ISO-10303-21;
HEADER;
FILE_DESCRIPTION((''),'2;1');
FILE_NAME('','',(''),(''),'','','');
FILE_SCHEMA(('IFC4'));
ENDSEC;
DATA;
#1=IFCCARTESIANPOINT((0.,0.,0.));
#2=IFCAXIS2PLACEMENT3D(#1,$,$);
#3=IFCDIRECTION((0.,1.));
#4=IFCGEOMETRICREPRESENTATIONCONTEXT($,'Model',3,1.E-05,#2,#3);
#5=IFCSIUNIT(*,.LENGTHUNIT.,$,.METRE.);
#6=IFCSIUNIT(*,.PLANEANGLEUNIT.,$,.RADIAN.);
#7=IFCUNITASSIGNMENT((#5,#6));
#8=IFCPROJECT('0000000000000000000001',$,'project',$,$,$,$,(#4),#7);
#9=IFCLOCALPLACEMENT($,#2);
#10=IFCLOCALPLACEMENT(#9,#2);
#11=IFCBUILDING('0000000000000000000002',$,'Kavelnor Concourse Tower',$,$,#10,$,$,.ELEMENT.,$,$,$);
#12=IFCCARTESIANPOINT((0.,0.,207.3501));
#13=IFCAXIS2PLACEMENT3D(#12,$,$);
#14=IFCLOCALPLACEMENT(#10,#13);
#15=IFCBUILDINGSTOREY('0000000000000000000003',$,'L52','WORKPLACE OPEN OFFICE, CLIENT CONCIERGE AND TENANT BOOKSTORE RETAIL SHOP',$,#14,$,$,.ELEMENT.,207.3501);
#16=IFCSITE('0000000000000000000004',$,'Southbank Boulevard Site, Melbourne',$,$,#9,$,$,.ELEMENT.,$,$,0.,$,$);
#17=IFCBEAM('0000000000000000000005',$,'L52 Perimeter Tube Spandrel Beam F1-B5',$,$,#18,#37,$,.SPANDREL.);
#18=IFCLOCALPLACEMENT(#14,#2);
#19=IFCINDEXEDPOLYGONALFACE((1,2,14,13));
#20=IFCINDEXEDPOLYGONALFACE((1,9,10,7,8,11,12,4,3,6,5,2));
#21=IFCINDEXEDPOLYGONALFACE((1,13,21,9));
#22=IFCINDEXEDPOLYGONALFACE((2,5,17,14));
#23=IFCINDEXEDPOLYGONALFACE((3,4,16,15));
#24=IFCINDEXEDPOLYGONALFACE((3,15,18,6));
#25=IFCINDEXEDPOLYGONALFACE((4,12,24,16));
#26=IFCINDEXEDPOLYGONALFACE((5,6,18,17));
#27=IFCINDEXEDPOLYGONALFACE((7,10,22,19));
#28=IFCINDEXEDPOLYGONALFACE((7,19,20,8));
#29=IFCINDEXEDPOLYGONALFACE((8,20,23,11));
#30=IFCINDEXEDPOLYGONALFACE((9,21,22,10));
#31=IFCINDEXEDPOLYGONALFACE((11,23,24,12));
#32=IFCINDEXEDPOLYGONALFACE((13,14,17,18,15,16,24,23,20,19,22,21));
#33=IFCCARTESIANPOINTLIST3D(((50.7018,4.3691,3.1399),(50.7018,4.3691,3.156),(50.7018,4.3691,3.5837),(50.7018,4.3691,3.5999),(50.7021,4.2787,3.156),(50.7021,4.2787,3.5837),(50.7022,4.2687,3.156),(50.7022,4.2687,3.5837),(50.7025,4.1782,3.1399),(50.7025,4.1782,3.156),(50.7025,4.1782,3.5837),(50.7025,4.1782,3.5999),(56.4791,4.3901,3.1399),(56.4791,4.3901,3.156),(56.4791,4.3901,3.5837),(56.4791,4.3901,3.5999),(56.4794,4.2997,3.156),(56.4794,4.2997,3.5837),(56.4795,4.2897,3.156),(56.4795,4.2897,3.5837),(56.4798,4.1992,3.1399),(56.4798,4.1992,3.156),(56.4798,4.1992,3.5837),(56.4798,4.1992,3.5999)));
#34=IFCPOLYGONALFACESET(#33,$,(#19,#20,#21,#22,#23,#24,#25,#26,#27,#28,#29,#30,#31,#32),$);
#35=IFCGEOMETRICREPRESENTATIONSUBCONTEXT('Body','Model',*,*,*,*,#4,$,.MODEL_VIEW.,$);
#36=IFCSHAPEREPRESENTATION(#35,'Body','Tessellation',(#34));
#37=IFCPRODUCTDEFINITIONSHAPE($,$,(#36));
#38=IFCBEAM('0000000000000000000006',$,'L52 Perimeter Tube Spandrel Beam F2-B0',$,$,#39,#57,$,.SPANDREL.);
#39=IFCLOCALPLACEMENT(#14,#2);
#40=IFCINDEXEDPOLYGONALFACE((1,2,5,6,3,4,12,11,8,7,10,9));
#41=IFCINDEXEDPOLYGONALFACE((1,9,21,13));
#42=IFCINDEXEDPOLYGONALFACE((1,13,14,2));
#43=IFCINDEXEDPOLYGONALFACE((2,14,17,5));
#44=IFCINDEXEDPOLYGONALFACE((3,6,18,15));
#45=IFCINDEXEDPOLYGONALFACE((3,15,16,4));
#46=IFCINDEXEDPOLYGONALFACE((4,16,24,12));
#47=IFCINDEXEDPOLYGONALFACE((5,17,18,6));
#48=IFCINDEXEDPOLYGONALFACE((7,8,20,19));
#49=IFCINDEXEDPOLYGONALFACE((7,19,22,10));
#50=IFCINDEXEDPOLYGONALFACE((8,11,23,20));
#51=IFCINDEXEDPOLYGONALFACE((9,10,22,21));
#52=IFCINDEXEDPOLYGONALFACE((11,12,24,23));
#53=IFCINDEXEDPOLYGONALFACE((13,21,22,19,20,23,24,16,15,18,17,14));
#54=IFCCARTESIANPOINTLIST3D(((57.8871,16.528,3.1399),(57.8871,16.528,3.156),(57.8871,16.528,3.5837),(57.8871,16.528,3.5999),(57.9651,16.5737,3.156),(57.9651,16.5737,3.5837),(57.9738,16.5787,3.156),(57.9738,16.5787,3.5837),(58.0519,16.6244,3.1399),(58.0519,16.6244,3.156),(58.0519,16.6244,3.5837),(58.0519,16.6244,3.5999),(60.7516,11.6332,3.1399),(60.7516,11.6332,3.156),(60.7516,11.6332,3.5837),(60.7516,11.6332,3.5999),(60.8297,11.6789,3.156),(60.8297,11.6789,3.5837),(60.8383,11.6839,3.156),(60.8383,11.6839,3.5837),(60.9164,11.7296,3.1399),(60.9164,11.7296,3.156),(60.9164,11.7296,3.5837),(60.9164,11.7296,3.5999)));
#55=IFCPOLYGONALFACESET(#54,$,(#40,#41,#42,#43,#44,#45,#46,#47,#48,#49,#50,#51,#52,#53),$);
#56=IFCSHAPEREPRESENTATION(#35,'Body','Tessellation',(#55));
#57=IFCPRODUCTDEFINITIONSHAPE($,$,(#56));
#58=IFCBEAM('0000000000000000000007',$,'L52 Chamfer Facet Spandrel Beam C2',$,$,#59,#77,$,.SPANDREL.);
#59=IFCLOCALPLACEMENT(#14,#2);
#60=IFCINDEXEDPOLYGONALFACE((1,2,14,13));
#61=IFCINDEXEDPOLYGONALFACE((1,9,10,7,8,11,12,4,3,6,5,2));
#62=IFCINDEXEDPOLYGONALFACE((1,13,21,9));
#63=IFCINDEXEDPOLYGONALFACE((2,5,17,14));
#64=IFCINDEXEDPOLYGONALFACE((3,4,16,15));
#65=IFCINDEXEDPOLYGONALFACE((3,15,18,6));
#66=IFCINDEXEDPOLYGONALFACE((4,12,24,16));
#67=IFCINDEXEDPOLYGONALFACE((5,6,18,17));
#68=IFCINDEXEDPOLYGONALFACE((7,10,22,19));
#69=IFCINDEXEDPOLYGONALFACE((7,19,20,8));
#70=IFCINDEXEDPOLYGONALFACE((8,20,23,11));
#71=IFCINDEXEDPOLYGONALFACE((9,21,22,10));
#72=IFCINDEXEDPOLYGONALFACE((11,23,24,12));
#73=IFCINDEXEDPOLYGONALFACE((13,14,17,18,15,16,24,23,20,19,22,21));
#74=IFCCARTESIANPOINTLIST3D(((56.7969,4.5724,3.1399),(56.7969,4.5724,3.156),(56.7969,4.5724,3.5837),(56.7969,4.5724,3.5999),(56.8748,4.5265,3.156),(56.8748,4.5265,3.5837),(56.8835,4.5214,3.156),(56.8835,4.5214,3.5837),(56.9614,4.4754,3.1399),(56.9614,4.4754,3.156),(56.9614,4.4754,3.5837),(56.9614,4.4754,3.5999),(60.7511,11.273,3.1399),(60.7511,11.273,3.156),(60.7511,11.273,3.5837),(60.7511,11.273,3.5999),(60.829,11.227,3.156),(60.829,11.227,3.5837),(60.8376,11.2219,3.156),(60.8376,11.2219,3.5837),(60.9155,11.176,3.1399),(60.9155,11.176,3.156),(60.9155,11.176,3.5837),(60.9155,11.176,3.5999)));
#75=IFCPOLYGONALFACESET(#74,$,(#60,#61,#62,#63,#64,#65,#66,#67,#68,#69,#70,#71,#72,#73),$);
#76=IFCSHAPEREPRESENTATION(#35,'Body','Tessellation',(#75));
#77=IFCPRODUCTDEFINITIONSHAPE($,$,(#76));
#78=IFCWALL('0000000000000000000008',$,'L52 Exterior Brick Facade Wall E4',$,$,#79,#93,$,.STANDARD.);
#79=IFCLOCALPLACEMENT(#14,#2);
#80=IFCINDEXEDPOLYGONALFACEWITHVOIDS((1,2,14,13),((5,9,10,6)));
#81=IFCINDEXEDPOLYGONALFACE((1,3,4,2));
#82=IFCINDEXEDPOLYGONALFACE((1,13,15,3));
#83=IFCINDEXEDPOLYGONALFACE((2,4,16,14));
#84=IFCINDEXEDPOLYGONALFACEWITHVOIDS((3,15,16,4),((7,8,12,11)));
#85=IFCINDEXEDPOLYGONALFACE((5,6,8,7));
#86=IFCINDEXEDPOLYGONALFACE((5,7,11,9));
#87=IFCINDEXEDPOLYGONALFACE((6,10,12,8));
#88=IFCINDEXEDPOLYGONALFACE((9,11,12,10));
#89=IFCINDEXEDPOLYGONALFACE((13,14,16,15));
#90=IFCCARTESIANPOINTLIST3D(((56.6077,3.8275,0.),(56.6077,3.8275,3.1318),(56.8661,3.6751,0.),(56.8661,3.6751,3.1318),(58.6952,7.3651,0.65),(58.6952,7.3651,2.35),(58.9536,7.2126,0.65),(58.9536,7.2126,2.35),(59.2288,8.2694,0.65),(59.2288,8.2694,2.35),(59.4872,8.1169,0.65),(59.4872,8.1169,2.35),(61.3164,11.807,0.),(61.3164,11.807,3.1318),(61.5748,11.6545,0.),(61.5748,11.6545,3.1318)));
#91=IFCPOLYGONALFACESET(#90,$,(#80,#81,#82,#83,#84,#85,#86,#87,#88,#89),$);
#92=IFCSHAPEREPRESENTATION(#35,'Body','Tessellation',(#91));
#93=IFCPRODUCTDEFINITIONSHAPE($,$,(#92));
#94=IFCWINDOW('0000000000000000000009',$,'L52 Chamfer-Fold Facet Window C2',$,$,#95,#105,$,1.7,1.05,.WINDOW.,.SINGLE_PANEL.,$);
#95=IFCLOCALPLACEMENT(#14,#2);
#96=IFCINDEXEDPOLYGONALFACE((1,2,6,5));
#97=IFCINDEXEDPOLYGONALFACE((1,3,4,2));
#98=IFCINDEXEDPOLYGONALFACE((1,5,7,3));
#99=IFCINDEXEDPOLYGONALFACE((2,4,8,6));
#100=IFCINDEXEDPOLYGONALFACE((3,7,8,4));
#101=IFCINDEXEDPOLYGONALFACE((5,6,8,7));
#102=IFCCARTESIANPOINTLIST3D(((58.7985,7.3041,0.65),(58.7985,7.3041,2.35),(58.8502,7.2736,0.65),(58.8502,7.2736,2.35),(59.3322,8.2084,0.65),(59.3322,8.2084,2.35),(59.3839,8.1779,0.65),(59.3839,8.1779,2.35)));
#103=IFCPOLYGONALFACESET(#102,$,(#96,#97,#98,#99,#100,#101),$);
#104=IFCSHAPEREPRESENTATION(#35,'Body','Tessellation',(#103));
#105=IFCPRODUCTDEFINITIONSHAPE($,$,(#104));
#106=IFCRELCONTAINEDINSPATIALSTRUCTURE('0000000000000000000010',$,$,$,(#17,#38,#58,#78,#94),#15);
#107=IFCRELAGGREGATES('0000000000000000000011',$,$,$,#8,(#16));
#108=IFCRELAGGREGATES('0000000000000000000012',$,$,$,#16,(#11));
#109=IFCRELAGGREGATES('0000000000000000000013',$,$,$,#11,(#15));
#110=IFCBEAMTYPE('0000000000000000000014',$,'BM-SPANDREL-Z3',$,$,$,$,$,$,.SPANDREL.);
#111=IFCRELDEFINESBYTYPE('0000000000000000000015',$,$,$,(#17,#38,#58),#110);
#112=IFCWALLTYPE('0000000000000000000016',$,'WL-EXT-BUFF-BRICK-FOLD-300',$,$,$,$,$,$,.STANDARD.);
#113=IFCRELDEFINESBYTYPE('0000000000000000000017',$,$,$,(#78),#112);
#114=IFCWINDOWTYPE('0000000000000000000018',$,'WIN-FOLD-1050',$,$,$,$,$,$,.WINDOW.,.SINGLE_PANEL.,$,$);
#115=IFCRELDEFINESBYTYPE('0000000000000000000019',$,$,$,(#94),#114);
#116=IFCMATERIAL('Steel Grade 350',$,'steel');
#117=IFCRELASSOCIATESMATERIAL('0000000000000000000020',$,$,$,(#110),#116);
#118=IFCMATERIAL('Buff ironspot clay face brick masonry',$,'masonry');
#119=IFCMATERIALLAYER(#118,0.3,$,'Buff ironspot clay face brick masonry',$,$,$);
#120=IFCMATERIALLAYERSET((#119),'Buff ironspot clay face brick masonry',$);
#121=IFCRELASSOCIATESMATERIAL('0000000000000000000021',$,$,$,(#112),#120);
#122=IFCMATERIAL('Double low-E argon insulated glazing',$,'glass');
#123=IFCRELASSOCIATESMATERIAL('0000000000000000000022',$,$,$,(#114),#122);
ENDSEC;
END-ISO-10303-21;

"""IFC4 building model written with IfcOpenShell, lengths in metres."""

from ifc_helpers import new_model, si_unit, direction, frame, frame_2d, origin, origin_2d, place, context, subcontext, project, spatial, rectangle, i_section, extrude, material, layer, layer_set, material_profile, profile_set, type_object, element, fill, save


model = new_model("IFC4")

# Units and contexts
model_context = context("Model", 3, precision=1e-05, world=origin(), true_north=direction((0.0, 1.0)))
body_context = subcontext(model_context, "Body", "Model", "MODEL_VIEW")
ifc_project = project(units=[si_unit("LENGTHUNIT", "METRE"), si_unit("PLANEANGLEUNIT", "RADIAN")], contexts=[model_context])

# Site, building, storey
site_placement = place(None, origin())
site = spatial("IfcSite", under=ifc_project, at=site_placement, Name="Southbank Boulevard Site, Melbourne", CompositionType="ELEMENT", RefElevation=0.0)
building_placement = place(site_placement, origin())
building = spatial("IfcBuilding", under=site, at=building_placement, Name="Kavelnor Concourse Tower", CompositionType="ELEMENT")
storey_placement = place(building_placement, frame((0.0, 0.0, 207.3501)))
storey = spatial("IfcBuildingStorey", under=building, at=storey_placement, Name="L52", Description="WORKPLACE OPEN OFFICE, CLIENT CONCIERGE AND TENANT BOOKSTORE RETAIL SHOP", CompositionType="ELEMENT", Elevation=207.3501)

# Shared definitions
ifc_material_1 = material(Name="Steel Grade 350", Category="steel")

# Beams
ifc_material_profile_1 = material_profile(ifc_material_1, i_section(OverallWidth=0.1909, OverallDepth=0.46, WebThickness=0.01, FlangeThickness=0.0161, at=origin_2d()), Name="460UB82")
ifc_profile_set_1 = profile_set([ifc_material_profile_1], Name="Steel Grade 350")
beam_type_1 = type_object("IfcBeamType", Name="BM-SPANDREL-Z3", PredefinedType="SPANDREL", material=ifc_profile_set_1)
beam_1_placement = place(storey_placement, frame((50.7021, 4.2737, 3.3699), z_axis=(0.999993, 0.003634, 0.0), x_axis=(-0.003634, 0.999993, 0.0)))
element("IfcBeam", 1, at=beam_1_placement, inside=storey, type_object=beam_type_1, Name="L52 Perimeter Tube Spandrel Beam F1-B5", PredefinedType="SPANDREL", context=body_context, shape_type="SweptSolid", body=[
    extrude(i_section(OverallWidth=0.1909, OverallDepth=0.46, WebThickness=0.01, FlangeThickness=0.0161, at=origin_2d()), origin(), (0.0, 0.0, 1.0), 5.7773),
])
beam_2_placement = place(storey_placement, frame((60.834, 11.6814, 3.3699), z_axis=(-0.505083, 0.863071, 0.0), x_axis=(-0.863071, -0.505083, 0.0)))
element("IfcBeam", 2, at=beam_2_placement, inside=storey, type_object=beam_type_1, Name="L52 Perimeter Tube Spandrel Beam F2-B0", PredefinedType="SPANDREL", context=body_context, shape_type="SweptSolid", body=[
    extrude(i_section(OverallWidth=0.1909, OverallDepth=0.46, WebThickness=0.01, FlangeThickness=0.0161, at=origin_2d()), origin(), (0.0, 0.0, 1.0), 5.6714),
])
beam_3_placement = place(storey_placement, frame((56.8792, 4.5239, 3.3699), z_axis=(0.508229, 0.861222, 0.0), x_axis=(-0.861222, 0.508229, 0.0)))
element("IfcBeam", 3, at=beam_3_placement, inside=storey, type_object=beam_type_1, Name="L52 Chamfer Facet Spandrel Beam C2", PredefinedType="SPANDREL", context=body_context, shape_type="SweptSolid", body=[
    extrude(i_section(OverallWidth=0.1909, OverallDepth=0.46, WebThickness=0.01, FlangeThickness=0.0161, at=origin_2d()), origin(), (0.0, 0.0, 1.0), 7.7803),
])

# Wall, opening, window
ifc_material_2 = material(Name="Buff ironspot clay face brick masonry", Category="masonry")
ifc_layer_1 = layer(ifc_material_2, 0.3, Name="Buff ironspot clay face brick masonry")
ifc_layer_set_1 = layer_set([ifc_layer_1], Name="Buff ironspot clay face brick masonry")
wall_type_1 = type_object("IfcWallType", Name="WL-EXT-BUFF-BRICK-FOLD-300", PredefinedType="STANDARD", material=ifc_layer_set_1)
wall_1_placement = place(storey_placement, frame((61.4456, 11.7307, 0.0), z_axis=(0.0, 0.0, 1.0), x_axis=(-0.508216, -0.86123, 0.0)))
wall_1 = element("IfcWall", 4, at=wall_1_placement, inside=storey, type_object=wall_type_1, Name="L52 Exterior Brick Facade Wall E4", PredefinedType="STANDARD", context=body_context, shape_type="SweptSolid", body=[
    extrude(rectangle(XDim=9.2651, YDim=0.3, at=frame_2d((4.6326, 0.0))), origin(), (0.0, 0.0, 1.0), 3.1318),
])
opening_1_placement = place(wall_1_placement, frame((4.1077, 0.0, 0.6499)))
opening_1 = element("IfcOpeningElement", 5, at=opening_1_placement, cuts=wall_1, PredefinedType="OPENING", context=body_context, shape_type="SweptSolid", body=[
    extrude(rectangle(XDim=1.05, YDim=1.7, at=frame_2d((0.5249, 0.8501))), frame((0.0, 0.1602, 0.0), z_axis=(0.0, -1.0, 0.0), x_axis=(1.0, 0.0, 0.0)), (0.0, 0.0, 1.0), 0.3201),
])
ifc_material_3 = material(Name="Double low-E argon insulated glazing", Category="glass")
window_type_1 = type_object("IfcWindowType", Name="WIN-FOLD-1050", PartitioningType="SINGLE_PANEL", PredefinedType="WINDOW", material=ifc_material_3)
window_1_placement = place(opening_1_placement, origin())
window_1 = element("IfcWindow", 6, at=window_1_placement, inside=storey, type_object=window_type_1, Name="L52 Chamfer-Fold Facet Window C2", OverallHeight=1.7, OverallWidth=1.05, PartitioningType="SINGLE_PANEL", PredefinedType="WINDOW", context=body_context, shape_type="SweptSolid", body=[
    extrude(rectangle(XDim=1.05, YDim=1.7, at=frame_2d((0.5249, 0.8501))), frame((0.0, 0.03, 0.0), z_axis=(0.0, -1.0, 0.0), x_axis=(1.0, 0.0, 0.0)), (0.0, 0.0, 1.0), 0.0601),
])
fill(opening_1, window_1)

save(model, "model.ifc")
